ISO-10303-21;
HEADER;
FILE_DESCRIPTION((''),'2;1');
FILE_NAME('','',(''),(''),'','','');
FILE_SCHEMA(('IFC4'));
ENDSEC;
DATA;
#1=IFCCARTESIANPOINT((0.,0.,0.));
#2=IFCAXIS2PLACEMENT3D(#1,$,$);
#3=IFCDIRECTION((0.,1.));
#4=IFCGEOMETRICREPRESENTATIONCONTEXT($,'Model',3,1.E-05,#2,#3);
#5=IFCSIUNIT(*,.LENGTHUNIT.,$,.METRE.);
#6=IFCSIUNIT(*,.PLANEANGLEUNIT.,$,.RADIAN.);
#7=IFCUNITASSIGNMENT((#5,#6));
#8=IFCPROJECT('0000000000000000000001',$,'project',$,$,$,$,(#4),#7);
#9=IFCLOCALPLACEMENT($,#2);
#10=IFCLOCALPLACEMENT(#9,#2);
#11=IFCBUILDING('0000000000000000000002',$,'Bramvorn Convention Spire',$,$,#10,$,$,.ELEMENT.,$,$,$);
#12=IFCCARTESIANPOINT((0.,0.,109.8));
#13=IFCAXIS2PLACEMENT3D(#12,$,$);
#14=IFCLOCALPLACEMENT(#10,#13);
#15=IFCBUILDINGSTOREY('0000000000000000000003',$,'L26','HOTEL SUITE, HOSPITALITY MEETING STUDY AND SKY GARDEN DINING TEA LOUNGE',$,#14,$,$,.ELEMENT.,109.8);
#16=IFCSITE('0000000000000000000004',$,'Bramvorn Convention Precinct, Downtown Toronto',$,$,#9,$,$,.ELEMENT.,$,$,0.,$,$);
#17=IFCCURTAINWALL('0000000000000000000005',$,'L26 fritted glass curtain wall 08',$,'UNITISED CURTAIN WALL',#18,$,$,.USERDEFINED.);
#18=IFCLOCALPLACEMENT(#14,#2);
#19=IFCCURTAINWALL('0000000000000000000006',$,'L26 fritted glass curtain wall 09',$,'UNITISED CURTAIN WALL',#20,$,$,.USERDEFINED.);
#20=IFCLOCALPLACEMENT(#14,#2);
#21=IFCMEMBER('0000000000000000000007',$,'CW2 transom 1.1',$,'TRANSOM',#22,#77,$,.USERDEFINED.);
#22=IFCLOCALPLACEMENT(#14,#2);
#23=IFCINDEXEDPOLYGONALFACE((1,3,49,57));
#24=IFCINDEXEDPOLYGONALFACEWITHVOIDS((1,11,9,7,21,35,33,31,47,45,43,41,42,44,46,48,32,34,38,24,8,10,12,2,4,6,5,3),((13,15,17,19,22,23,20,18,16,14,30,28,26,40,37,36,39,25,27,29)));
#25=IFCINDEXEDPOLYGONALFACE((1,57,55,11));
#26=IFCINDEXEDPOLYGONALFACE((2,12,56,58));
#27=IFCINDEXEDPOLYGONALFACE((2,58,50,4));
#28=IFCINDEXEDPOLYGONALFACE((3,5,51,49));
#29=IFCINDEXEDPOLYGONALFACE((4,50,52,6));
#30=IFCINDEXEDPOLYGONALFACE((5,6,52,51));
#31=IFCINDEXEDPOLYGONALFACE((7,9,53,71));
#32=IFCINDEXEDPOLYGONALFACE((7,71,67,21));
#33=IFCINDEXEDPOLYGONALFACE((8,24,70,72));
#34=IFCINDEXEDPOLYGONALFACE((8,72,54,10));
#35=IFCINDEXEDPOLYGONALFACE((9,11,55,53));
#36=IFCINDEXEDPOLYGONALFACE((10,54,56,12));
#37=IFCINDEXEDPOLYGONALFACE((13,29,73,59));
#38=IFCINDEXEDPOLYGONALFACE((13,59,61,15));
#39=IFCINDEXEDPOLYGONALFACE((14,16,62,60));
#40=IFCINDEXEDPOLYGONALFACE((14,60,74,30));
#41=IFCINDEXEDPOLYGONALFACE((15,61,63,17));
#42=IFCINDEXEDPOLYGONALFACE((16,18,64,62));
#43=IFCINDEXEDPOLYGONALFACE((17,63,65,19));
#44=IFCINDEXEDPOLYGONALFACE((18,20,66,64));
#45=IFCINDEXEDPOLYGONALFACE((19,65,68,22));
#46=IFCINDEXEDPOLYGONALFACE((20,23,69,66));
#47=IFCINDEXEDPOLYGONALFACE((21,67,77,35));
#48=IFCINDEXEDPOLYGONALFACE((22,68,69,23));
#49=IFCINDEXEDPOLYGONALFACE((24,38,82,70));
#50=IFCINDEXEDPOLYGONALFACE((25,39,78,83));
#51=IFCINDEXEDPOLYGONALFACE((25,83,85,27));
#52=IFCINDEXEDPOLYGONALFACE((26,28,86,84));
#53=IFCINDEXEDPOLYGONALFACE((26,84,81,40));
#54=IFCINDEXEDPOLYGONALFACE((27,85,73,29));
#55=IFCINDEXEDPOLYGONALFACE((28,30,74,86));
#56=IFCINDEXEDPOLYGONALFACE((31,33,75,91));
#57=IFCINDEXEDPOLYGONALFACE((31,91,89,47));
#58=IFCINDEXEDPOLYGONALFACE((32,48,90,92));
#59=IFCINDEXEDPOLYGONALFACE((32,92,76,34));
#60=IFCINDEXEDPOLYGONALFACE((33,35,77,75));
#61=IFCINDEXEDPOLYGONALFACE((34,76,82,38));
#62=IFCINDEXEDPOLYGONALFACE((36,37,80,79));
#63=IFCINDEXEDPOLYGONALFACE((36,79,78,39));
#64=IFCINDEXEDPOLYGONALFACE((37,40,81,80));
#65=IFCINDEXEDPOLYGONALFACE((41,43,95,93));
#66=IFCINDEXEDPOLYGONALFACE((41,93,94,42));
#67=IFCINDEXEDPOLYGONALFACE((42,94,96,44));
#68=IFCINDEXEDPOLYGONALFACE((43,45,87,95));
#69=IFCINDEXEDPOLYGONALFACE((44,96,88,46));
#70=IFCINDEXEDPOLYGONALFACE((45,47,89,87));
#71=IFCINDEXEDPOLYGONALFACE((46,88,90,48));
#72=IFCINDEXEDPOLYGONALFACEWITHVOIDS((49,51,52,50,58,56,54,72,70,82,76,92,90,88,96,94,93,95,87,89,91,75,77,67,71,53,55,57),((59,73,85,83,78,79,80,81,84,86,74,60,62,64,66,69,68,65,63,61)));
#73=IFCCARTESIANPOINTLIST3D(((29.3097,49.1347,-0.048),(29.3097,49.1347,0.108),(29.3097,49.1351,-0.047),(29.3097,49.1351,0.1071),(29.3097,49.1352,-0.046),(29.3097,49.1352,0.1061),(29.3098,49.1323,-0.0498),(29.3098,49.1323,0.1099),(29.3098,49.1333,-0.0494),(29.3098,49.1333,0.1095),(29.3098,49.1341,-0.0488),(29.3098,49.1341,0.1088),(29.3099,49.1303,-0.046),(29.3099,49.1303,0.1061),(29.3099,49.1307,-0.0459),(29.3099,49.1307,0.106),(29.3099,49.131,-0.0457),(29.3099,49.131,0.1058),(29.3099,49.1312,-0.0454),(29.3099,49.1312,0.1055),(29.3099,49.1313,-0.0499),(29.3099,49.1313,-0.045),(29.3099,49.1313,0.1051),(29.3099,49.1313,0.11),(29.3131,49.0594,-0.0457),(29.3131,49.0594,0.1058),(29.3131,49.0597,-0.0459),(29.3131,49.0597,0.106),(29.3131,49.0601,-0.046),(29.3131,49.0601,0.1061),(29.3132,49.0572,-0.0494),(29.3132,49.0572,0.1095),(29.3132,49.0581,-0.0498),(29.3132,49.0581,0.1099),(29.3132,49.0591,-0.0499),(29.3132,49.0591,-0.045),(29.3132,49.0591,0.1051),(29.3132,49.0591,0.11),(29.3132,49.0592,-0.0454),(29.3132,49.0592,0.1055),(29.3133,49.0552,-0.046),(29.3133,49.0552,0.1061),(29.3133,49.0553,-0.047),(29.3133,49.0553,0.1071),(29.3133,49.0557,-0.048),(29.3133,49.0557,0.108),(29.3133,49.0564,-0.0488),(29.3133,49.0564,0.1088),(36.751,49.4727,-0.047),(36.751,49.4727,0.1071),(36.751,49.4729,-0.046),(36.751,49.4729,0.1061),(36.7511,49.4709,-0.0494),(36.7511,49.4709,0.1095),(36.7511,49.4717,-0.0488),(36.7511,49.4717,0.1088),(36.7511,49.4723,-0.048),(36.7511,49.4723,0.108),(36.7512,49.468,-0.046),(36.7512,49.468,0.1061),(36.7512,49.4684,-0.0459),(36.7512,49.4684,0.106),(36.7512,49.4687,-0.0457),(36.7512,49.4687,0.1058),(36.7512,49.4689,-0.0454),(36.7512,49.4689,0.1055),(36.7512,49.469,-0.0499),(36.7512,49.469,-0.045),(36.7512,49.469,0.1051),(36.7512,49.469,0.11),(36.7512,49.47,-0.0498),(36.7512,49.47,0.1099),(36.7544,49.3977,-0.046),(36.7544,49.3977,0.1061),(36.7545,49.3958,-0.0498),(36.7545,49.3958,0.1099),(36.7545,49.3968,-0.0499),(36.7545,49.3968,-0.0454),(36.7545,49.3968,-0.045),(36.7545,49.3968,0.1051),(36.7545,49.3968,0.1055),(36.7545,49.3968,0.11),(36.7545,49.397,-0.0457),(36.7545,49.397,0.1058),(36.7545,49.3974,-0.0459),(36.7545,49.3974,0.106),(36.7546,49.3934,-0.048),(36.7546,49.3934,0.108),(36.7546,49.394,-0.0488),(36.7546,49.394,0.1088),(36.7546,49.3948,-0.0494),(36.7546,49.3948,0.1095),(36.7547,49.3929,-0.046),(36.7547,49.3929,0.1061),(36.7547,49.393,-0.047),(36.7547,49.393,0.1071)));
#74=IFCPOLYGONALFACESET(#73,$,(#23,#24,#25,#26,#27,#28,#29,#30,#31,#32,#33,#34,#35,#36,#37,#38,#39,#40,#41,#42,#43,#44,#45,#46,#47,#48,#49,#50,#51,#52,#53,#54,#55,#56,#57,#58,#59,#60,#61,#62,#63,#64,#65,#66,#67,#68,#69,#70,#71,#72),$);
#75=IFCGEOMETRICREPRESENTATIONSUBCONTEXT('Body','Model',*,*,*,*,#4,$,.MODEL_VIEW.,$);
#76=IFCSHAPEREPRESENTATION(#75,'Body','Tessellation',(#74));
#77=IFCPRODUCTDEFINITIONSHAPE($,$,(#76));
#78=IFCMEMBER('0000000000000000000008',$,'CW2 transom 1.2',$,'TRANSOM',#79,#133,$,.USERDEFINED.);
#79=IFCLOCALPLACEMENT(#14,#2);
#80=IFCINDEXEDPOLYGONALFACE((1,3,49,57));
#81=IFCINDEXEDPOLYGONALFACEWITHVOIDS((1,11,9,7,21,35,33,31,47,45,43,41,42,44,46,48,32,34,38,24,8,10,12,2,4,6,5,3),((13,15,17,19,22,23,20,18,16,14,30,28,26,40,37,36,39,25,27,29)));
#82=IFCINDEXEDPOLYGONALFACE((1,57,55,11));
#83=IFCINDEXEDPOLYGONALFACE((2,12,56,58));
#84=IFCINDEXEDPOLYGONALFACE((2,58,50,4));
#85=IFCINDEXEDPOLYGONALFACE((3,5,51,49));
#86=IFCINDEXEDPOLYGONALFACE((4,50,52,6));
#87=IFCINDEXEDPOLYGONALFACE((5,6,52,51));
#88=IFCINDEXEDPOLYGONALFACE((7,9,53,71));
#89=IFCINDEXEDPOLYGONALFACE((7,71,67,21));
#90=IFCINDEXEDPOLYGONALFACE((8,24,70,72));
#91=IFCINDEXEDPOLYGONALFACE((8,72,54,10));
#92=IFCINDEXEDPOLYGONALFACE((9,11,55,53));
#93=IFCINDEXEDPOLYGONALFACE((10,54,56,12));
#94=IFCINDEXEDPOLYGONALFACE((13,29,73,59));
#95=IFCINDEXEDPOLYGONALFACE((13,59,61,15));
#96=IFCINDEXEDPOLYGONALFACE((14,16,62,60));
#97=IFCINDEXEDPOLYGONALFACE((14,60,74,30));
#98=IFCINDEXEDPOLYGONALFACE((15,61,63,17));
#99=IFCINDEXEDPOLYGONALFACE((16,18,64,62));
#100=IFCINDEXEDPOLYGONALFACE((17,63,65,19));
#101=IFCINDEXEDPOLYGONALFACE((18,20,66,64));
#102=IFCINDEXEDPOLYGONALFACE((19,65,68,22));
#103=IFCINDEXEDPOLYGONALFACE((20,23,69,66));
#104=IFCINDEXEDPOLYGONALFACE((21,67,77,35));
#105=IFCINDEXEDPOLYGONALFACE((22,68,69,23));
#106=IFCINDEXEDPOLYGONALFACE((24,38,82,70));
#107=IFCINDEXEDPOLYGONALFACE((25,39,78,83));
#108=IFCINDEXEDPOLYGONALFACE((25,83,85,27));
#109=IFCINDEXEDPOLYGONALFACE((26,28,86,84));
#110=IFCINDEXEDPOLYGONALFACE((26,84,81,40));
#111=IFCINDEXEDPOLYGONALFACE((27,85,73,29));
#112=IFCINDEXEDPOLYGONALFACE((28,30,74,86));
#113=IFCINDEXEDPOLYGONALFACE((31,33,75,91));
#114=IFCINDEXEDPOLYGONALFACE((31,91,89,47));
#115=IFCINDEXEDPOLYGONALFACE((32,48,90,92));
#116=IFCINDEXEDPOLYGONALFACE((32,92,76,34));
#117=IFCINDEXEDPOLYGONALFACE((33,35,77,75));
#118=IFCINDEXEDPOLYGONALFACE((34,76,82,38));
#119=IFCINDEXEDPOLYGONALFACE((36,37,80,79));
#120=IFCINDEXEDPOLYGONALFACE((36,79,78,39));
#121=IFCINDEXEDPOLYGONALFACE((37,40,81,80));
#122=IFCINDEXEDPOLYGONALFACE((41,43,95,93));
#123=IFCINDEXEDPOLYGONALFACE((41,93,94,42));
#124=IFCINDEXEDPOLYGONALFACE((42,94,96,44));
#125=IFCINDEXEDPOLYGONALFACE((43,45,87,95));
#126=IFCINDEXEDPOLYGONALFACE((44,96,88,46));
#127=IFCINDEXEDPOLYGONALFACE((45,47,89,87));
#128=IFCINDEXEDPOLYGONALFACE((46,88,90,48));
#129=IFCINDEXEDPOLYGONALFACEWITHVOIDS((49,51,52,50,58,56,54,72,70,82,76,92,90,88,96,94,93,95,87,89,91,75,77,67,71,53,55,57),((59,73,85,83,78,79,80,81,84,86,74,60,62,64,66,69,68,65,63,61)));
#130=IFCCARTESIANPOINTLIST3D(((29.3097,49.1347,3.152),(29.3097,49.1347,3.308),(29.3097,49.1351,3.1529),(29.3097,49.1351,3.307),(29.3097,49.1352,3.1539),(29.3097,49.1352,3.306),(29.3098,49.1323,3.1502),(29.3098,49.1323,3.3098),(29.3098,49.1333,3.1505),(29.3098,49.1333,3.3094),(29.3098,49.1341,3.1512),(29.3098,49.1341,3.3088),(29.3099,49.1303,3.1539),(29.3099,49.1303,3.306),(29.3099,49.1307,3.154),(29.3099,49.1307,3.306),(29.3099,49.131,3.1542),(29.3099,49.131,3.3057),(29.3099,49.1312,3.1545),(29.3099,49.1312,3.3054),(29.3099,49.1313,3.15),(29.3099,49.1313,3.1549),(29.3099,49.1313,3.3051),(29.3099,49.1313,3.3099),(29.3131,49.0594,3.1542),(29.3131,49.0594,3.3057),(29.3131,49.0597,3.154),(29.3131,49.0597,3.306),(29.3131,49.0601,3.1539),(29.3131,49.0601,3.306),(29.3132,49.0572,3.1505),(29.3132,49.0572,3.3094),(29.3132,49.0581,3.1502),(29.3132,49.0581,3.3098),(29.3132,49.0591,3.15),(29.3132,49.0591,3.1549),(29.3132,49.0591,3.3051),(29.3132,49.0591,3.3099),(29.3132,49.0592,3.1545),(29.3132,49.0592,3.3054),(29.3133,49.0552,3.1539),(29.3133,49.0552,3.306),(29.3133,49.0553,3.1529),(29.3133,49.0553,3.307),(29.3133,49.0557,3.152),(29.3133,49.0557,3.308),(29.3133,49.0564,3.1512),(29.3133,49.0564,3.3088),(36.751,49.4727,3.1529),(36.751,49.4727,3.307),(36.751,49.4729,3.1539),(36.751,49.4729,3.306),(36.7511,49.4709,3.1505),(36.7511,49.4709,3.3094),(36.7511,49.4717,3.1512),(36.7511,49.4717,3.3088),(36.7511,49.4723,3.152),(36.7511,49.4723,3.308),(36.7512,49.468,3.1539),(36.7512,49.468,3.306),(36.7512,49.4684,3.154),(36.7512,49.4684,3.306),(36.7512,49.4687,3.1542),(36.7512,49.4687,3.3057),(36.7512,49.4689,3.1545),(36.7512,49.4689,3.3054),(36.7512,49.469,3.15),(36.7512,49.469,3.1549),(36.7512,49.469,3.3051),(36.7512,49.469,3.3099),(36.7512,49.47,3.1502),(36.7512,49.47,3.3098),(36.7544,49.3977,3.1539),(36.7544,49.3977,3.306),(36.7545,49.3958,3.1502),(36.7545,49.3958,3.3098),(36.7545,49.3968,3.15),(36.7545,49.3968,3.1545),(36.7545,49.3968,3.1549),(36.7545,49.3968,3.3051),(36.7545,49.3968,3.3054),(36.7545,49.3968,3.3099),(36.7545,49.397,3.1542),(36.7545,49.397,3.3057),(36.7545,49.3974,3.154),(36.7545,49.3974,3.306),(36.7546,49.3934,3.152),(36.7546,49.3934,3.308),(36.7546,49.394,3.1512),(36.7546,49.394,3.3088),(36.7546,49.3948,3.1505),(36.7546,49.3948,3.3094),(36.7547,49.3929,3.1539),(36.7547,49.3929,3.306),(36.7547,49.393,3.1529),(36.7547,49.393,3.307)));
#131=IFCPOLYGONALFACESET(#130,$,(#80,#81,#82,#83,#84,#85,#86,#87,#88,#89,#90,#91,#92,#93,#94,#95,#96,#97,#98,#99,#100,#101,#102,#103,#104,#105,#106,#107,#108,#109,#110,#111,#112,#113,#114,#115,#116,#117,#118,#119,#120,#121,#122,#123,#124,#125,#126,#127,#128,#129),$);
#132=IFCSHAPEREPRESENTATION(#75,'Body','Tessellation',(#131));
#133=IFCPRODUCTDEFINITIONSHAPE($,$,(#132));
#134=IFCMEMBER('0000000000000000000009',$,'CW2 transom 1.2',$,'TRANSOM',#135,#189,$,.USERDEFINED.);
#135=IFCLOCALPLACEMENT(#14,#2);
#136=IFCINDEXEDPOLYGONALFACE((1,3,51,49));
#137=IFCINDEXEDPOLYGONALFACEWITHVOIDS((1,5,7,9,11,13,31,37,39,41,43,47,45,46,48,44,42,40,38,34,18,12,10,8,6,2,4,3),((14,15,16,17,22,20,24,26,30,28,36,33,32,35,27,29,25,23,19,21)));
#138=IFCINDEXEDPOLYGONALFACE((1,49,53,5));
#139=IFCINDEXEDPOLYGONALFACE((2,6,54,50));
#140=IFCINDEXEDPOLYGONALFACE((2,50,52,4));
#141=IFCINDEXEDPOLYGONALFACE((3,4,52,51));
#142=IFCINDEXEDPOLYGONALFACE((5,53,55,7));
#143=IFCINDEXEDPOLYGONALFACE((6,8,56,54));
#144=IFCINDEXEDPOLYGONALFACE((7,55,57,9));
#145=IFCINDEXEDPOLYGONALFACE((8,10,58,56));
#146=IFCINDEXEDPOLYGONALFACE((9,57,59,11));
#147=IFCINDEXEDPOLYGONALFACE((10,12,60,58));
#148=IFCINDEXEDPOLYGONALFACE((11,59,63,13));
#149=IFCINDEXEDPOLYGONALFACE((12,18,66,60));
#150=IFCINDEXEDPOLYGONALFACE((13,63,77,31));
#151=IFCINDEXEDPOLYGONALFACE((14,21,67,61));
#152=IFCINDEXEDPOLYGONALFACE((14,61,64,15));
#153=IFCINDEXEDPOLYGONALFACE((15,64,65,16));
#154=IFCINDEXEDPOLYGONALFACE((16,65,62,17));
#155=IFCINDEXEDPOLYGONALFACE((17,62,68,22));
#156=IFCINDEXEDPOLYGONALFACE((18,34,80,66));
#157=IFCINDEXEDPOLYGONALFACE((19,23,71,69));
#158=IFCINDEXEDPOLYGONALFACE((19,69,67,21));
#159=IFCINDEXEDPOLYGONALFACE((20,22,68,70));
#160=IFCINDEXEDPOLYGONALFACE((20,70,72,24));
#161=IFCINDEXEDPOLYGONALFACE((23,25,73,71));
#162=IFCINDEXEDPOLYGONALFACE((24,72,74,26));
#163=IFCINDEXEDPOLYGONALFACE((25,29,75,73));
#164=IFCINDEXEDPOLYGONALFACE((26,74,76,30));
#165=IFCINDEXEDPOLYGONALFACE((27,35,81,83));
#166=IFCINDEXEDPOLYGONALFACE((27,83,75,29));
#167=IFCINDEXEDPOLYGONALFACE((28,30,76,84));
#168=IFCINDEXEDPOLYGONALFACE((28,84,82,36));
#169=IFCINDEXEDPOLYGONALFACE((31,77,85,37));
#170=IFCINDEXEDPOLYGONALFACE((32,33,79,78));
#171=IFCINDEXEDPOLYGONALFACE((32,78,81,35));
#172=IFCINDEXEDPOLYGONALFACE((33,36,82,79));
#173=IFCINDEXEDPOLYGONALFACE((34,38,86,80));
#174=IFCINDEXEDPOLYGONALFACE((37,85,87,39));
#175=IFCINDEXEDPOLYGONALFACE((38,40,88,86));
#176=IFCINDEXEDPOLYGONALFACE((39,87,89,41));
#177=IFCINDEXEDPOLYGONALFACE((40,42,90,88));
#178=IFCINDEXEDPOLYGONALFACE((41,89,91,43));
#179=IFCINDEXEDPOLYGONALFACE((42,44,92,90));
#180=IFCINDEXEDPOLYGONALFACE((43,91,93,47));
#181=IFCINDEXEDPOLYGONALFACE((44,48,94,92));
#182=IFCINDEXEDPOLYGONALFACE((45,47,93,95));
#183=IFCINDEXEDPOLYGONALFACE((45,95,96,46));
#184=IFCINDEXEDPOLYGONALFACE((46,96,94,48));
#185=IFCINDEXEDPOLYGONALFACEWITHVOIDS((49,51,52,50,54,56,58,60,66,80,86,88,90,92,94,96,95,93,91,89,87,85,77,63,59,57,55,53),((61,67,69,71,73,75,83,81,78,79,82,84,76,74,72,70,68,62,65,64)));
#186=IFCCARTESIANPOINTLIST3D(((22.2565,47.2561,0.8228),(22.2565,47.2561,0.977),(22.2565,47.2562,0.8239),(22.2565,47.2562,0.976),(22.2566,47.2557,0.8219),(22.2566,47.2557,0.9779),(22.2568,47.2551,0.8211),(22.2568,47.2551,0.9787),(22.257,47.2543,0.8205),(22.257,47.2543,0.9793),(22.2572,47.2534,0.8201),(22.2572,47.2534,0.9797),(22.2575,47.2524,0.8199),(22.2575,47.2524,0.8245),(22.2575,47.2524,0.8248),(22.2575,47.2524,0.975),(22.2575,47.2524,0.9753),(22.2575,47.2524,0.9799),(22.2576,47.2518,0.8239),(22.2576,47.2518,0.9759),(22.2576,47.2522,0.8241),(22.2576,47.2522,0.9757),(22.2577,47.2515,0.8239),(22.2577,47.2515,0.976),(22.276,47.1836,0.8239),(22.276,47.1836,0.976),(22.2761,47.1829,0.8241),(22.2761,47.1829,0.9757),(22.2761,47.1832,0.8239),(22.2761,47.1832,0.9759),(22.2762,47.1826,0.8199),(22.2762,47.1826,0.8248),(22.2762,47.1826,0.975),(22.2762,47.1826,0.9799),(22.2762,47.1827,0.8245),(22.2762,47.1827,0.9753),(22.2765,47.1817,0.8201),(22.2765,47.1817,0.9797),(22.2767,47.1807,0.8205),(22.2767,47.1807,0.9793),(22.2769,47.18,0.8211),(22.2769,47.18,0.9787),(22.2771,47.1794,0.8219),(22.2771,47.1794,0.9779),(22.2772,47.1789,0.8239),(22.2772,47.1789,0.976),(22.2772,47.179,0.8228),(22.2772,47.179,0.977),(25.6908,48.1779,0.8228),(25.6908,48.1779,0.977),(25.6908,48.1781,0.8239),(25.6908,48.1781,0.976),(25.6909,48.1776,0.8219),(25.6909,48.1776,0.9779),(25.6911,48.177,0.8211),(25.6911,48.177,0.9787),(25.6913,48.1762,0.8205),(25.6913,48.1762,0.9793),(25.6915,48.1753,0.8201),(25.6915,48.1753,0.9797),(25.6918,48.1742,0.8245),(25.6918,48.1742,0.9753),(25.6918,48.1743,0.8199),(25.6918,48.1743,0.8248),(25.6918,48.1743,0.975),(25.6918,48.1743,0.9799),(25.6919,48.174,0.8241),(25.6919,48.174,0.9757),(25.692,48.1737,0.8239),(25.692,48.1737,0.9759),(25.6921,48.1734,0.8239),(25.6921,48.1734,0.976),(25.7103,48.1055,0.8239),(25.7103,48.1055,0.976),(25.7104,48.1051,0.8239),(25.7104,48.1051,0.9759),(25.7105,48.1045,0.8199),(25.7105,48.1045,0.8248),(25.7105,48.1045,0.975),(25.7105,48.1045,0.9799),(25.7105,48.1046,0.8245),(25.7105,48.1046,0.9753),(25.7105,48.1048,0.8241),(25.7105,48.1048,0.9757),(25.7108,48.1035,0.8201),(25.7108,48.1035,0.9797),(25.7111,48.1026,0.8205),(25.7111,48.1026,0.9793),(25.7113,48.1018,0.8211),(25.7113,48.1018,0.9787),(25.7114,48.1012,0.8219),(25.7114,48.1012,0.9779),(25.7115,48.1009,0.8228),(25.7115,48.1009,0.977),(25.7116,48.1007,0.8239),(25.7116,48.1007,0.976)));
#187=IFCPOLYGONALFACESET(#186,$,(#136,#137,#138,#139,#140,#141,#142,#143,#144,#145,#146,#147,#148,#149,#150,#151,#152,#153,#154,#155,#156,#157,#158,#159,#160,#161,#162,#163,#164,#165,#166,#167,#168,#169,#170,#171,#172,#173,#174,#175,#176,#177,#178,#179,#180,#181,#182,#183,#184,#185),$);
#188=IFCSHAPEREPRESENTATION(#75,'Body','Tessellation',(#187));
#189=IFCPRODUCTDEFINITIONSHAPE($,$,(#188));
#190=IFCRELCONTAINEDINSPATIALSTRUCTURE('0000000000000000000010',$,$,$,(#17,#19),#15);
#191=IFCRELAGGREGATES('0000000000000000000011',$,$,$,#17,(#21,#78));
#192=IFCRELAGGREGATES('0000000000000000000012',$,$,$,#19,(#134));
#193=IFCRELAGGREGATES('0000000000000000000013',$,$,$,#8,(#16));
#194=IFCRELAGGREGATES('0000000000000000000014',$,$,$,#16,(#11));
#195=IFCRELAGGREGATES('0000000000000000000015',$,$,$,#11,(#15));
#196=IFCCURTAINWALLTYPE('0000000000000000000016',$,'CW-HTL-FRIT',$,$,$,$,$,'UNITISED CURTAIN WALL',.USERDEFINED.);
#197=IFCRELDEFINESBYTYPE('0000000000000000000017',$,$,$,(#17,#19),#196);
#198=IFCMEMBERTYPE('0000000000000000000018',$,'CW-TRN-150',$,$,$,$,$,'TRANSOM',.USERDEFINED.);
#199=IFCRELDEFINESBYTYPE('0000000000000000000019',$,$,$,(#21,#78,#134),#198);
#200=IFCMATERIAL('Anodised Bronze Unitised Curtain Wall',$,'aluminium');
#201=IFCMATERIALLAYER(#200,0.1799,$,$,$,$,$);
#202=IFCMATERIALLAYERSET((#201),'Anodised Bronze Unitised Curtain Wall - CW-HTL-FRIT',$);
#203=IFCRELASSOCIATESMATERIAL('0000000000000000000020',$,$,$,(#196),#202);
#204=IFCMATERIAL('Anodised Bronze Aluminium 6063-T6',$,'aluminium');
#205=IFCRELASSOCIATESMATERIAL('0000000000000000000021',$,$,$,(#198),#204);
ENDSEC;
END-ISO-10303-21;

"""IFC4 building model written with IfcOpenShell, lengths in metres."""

from ifc_helpers import new_model, si_unit, direction, frame, origin, origin_2d, place, context, subcontext, project, spatial, hollow_rectangle, extrude, material, layer, layer_set, material_profile, profile_set, type_object, element, aggregate, save


model = new_model("IFC4")

# Units and contexts
model_context = context("Model", 3, precision=1e-05, world=origin(), true_north=direction((0.0, 1.0)))
body_context = subcontext(model_context, "Body", "Model", "MODEL_VIEW")
ifc_project = project(units=[si_unit("LENGTHUNIT", "METRE"), si_unit("PLANEANGLEUNIT", "RADIAN")], contexts=[model_context])

# Site, building, storey
site_placement = place(None, origin())
site = spatial("IfcSite", under=ifc_project, at=site_placement, Name="Bramvorn Convention Precinct, Downtown Toronto", CompositionType="ELEMENT", RefElevation=0.0)
building_placement = place(site_placement, origin())
building = spatial("IfcBuilding", under=site, at=building_placement, Name="Bramvorn Convention Spire", CompositionType="ELEMENT")
storey_placement = place(building_placement, frame((0.0, 0.0, 109.8)))
storey = spatial("IfcBuildingStorey", under=building, at=storey_placement, Name="L26", Description="HOTEL SUITE, HOSPITALITY MEETING STUDY AND SKY GARDEN DINING TEA LOUNGE", CompositionType="ELEMENT", Elevation=109.8)

# Curtain wall
ifc_material_1 = material(Name="Anodised Bronze Unitised Curtain Wall", Category="aluminium")
ifc_layer_1 = layer(ifc_material_1, 0.1799)
ifc_layer_set_1 = layer_set([ifc_layer_1], Name="Anodised Bronze Unitised Curtain Wall - CW-HTL-FRIT")
curtain_wall_type = type_object("IfcCurtainWallType", Name="CW-HTL-FRIT", ElementType="UNITISED CURTAIN WALL", PredefinedType="USERDEFINED", material=ifc_layer_set_1)
curtain_wall_1_placement = place(storey_placement, origin())
curtain_wall_1 = element("IfcCurtainWall", 1, at=curtain_wall_1_placement, inside=storey, type_object=curtain_wall_type, Name="L26 fritted glass curtain wall 08", ObjectType="UNITISED CURTAIN WALL", PredefinedType="USERDEFINED")
ifc_material_2 = material(Name="Anodised Bronze Aluminium 6063-T6", Category="aluminium")

# Curtain wall
curtain_wall_2_placement = place(storey_placement, origin())
curtain_wall_2 = element("IfcCurtainWall", 2, at=curtain_wall_2_placement, inside=storey, type_object=curtain_wall_type, Name="L26 fritted glass curtain wall 09", ObjectType="UNITISED CURTAIN WALL", PredefinedType="USERDEFINED")

# Members
ifc_material_profile_1 = material_profile(ifc_material_2, hollow_rectangle(XDim=0.0801, YDim=0.1599, WallThickness=0.0039, InnerFilletRadius=0.001, OuterFilletRadius=0.0039, at=origin_2d()))
ifc_profile_set_1 = profile_set([ifc_material_profile_1], Name="Anodised Bronze Aluminium 6063-T6 - CWT80X160")
member_type_1 = type_object("IfcMemberType", Name="CW-TRN-150", ElementType="TRANSOM", PredefinedType="USERDEFINED", material=ifc_profile_set_1)
member_1_placement = place(storey_placement, frame((29.3115, 49.0952, 0.03), z_axis=(0.998972, 0.045327, 0.0), x_axis=(-0.045327, 0.998972, 0.0)))
member_1 = element("IfcMember", 3, at=member_1_placement, type_object=member_type_1, Name="CW2 transom 1.1", ObjectType="TRANSOM", PredefinedType="USERDEFINED", context=body_context, shape_type="SweptSolid", body=[
    extrude(hollow_rectangle(XDim=0.0801, YDim=0.1599, WallThickness=0.0039, InnerFilletRadius=0.001, OuterFilletRadius=0.0039, at=origin_2d()), origin(), (0.0, 0.0, 1.0), 7.449),
])
member_2_placement = place(storey_placement, frame((29.3115, 49.0952, 3.23), z_axis=(0.998972, 0.045327, 0.0), x_axis=(-0.045327, 0.998972, 0.0)))
member_2 = element("IfcMember", 4, at=member_2_placement, type_object=member_type_1, Name="CW2 transom 1.2", ObjectType="TRANSOM", PredefinedType="USERDEFINED", context=body_context, shape_type="SweptSolid", body=[
    extrude(hollow_rectangle(XDim=0.0801, YDim=0.1599, WallThickness=0.0039, InnerFilletRadius=0.001, OuterFilletRadius=0.0039, at=origin_2d()), origin(), (0.0, 0.0, 1.0), 7.449),
])
aggregate(curtain_wall_1, [member_1, member_2])
member_3_placement = place(storey_placement, frame((22.2668, 47.2175, 0.8999), z_axis=(0.96581, 0.259252, 0.0), x_axis=(-0.259252, 0.96581, 0.0)))
member_3 = element("IfcMember", 5, at=member_3_placement, type_object=member_type_1, Name="CW2 transom 1.2", ObjectType="TRANSOM", PredefinedType="USERDEFINED", context=body_context, shape_type="SweptSolid", body=[
    extrude(hollow_rectangle(XDim=0.0801, YDim=0.1599, WallThickness=0.0039, InnerFilletRadius=0.001, OuterFilletRadius=0.0039, at=origin_2d()), origin(), (0.0, 0.0, 1.0), 3.5559),
])

aggregate(curtain_wall_2, [member_3])

save(model, "model.ifc")
